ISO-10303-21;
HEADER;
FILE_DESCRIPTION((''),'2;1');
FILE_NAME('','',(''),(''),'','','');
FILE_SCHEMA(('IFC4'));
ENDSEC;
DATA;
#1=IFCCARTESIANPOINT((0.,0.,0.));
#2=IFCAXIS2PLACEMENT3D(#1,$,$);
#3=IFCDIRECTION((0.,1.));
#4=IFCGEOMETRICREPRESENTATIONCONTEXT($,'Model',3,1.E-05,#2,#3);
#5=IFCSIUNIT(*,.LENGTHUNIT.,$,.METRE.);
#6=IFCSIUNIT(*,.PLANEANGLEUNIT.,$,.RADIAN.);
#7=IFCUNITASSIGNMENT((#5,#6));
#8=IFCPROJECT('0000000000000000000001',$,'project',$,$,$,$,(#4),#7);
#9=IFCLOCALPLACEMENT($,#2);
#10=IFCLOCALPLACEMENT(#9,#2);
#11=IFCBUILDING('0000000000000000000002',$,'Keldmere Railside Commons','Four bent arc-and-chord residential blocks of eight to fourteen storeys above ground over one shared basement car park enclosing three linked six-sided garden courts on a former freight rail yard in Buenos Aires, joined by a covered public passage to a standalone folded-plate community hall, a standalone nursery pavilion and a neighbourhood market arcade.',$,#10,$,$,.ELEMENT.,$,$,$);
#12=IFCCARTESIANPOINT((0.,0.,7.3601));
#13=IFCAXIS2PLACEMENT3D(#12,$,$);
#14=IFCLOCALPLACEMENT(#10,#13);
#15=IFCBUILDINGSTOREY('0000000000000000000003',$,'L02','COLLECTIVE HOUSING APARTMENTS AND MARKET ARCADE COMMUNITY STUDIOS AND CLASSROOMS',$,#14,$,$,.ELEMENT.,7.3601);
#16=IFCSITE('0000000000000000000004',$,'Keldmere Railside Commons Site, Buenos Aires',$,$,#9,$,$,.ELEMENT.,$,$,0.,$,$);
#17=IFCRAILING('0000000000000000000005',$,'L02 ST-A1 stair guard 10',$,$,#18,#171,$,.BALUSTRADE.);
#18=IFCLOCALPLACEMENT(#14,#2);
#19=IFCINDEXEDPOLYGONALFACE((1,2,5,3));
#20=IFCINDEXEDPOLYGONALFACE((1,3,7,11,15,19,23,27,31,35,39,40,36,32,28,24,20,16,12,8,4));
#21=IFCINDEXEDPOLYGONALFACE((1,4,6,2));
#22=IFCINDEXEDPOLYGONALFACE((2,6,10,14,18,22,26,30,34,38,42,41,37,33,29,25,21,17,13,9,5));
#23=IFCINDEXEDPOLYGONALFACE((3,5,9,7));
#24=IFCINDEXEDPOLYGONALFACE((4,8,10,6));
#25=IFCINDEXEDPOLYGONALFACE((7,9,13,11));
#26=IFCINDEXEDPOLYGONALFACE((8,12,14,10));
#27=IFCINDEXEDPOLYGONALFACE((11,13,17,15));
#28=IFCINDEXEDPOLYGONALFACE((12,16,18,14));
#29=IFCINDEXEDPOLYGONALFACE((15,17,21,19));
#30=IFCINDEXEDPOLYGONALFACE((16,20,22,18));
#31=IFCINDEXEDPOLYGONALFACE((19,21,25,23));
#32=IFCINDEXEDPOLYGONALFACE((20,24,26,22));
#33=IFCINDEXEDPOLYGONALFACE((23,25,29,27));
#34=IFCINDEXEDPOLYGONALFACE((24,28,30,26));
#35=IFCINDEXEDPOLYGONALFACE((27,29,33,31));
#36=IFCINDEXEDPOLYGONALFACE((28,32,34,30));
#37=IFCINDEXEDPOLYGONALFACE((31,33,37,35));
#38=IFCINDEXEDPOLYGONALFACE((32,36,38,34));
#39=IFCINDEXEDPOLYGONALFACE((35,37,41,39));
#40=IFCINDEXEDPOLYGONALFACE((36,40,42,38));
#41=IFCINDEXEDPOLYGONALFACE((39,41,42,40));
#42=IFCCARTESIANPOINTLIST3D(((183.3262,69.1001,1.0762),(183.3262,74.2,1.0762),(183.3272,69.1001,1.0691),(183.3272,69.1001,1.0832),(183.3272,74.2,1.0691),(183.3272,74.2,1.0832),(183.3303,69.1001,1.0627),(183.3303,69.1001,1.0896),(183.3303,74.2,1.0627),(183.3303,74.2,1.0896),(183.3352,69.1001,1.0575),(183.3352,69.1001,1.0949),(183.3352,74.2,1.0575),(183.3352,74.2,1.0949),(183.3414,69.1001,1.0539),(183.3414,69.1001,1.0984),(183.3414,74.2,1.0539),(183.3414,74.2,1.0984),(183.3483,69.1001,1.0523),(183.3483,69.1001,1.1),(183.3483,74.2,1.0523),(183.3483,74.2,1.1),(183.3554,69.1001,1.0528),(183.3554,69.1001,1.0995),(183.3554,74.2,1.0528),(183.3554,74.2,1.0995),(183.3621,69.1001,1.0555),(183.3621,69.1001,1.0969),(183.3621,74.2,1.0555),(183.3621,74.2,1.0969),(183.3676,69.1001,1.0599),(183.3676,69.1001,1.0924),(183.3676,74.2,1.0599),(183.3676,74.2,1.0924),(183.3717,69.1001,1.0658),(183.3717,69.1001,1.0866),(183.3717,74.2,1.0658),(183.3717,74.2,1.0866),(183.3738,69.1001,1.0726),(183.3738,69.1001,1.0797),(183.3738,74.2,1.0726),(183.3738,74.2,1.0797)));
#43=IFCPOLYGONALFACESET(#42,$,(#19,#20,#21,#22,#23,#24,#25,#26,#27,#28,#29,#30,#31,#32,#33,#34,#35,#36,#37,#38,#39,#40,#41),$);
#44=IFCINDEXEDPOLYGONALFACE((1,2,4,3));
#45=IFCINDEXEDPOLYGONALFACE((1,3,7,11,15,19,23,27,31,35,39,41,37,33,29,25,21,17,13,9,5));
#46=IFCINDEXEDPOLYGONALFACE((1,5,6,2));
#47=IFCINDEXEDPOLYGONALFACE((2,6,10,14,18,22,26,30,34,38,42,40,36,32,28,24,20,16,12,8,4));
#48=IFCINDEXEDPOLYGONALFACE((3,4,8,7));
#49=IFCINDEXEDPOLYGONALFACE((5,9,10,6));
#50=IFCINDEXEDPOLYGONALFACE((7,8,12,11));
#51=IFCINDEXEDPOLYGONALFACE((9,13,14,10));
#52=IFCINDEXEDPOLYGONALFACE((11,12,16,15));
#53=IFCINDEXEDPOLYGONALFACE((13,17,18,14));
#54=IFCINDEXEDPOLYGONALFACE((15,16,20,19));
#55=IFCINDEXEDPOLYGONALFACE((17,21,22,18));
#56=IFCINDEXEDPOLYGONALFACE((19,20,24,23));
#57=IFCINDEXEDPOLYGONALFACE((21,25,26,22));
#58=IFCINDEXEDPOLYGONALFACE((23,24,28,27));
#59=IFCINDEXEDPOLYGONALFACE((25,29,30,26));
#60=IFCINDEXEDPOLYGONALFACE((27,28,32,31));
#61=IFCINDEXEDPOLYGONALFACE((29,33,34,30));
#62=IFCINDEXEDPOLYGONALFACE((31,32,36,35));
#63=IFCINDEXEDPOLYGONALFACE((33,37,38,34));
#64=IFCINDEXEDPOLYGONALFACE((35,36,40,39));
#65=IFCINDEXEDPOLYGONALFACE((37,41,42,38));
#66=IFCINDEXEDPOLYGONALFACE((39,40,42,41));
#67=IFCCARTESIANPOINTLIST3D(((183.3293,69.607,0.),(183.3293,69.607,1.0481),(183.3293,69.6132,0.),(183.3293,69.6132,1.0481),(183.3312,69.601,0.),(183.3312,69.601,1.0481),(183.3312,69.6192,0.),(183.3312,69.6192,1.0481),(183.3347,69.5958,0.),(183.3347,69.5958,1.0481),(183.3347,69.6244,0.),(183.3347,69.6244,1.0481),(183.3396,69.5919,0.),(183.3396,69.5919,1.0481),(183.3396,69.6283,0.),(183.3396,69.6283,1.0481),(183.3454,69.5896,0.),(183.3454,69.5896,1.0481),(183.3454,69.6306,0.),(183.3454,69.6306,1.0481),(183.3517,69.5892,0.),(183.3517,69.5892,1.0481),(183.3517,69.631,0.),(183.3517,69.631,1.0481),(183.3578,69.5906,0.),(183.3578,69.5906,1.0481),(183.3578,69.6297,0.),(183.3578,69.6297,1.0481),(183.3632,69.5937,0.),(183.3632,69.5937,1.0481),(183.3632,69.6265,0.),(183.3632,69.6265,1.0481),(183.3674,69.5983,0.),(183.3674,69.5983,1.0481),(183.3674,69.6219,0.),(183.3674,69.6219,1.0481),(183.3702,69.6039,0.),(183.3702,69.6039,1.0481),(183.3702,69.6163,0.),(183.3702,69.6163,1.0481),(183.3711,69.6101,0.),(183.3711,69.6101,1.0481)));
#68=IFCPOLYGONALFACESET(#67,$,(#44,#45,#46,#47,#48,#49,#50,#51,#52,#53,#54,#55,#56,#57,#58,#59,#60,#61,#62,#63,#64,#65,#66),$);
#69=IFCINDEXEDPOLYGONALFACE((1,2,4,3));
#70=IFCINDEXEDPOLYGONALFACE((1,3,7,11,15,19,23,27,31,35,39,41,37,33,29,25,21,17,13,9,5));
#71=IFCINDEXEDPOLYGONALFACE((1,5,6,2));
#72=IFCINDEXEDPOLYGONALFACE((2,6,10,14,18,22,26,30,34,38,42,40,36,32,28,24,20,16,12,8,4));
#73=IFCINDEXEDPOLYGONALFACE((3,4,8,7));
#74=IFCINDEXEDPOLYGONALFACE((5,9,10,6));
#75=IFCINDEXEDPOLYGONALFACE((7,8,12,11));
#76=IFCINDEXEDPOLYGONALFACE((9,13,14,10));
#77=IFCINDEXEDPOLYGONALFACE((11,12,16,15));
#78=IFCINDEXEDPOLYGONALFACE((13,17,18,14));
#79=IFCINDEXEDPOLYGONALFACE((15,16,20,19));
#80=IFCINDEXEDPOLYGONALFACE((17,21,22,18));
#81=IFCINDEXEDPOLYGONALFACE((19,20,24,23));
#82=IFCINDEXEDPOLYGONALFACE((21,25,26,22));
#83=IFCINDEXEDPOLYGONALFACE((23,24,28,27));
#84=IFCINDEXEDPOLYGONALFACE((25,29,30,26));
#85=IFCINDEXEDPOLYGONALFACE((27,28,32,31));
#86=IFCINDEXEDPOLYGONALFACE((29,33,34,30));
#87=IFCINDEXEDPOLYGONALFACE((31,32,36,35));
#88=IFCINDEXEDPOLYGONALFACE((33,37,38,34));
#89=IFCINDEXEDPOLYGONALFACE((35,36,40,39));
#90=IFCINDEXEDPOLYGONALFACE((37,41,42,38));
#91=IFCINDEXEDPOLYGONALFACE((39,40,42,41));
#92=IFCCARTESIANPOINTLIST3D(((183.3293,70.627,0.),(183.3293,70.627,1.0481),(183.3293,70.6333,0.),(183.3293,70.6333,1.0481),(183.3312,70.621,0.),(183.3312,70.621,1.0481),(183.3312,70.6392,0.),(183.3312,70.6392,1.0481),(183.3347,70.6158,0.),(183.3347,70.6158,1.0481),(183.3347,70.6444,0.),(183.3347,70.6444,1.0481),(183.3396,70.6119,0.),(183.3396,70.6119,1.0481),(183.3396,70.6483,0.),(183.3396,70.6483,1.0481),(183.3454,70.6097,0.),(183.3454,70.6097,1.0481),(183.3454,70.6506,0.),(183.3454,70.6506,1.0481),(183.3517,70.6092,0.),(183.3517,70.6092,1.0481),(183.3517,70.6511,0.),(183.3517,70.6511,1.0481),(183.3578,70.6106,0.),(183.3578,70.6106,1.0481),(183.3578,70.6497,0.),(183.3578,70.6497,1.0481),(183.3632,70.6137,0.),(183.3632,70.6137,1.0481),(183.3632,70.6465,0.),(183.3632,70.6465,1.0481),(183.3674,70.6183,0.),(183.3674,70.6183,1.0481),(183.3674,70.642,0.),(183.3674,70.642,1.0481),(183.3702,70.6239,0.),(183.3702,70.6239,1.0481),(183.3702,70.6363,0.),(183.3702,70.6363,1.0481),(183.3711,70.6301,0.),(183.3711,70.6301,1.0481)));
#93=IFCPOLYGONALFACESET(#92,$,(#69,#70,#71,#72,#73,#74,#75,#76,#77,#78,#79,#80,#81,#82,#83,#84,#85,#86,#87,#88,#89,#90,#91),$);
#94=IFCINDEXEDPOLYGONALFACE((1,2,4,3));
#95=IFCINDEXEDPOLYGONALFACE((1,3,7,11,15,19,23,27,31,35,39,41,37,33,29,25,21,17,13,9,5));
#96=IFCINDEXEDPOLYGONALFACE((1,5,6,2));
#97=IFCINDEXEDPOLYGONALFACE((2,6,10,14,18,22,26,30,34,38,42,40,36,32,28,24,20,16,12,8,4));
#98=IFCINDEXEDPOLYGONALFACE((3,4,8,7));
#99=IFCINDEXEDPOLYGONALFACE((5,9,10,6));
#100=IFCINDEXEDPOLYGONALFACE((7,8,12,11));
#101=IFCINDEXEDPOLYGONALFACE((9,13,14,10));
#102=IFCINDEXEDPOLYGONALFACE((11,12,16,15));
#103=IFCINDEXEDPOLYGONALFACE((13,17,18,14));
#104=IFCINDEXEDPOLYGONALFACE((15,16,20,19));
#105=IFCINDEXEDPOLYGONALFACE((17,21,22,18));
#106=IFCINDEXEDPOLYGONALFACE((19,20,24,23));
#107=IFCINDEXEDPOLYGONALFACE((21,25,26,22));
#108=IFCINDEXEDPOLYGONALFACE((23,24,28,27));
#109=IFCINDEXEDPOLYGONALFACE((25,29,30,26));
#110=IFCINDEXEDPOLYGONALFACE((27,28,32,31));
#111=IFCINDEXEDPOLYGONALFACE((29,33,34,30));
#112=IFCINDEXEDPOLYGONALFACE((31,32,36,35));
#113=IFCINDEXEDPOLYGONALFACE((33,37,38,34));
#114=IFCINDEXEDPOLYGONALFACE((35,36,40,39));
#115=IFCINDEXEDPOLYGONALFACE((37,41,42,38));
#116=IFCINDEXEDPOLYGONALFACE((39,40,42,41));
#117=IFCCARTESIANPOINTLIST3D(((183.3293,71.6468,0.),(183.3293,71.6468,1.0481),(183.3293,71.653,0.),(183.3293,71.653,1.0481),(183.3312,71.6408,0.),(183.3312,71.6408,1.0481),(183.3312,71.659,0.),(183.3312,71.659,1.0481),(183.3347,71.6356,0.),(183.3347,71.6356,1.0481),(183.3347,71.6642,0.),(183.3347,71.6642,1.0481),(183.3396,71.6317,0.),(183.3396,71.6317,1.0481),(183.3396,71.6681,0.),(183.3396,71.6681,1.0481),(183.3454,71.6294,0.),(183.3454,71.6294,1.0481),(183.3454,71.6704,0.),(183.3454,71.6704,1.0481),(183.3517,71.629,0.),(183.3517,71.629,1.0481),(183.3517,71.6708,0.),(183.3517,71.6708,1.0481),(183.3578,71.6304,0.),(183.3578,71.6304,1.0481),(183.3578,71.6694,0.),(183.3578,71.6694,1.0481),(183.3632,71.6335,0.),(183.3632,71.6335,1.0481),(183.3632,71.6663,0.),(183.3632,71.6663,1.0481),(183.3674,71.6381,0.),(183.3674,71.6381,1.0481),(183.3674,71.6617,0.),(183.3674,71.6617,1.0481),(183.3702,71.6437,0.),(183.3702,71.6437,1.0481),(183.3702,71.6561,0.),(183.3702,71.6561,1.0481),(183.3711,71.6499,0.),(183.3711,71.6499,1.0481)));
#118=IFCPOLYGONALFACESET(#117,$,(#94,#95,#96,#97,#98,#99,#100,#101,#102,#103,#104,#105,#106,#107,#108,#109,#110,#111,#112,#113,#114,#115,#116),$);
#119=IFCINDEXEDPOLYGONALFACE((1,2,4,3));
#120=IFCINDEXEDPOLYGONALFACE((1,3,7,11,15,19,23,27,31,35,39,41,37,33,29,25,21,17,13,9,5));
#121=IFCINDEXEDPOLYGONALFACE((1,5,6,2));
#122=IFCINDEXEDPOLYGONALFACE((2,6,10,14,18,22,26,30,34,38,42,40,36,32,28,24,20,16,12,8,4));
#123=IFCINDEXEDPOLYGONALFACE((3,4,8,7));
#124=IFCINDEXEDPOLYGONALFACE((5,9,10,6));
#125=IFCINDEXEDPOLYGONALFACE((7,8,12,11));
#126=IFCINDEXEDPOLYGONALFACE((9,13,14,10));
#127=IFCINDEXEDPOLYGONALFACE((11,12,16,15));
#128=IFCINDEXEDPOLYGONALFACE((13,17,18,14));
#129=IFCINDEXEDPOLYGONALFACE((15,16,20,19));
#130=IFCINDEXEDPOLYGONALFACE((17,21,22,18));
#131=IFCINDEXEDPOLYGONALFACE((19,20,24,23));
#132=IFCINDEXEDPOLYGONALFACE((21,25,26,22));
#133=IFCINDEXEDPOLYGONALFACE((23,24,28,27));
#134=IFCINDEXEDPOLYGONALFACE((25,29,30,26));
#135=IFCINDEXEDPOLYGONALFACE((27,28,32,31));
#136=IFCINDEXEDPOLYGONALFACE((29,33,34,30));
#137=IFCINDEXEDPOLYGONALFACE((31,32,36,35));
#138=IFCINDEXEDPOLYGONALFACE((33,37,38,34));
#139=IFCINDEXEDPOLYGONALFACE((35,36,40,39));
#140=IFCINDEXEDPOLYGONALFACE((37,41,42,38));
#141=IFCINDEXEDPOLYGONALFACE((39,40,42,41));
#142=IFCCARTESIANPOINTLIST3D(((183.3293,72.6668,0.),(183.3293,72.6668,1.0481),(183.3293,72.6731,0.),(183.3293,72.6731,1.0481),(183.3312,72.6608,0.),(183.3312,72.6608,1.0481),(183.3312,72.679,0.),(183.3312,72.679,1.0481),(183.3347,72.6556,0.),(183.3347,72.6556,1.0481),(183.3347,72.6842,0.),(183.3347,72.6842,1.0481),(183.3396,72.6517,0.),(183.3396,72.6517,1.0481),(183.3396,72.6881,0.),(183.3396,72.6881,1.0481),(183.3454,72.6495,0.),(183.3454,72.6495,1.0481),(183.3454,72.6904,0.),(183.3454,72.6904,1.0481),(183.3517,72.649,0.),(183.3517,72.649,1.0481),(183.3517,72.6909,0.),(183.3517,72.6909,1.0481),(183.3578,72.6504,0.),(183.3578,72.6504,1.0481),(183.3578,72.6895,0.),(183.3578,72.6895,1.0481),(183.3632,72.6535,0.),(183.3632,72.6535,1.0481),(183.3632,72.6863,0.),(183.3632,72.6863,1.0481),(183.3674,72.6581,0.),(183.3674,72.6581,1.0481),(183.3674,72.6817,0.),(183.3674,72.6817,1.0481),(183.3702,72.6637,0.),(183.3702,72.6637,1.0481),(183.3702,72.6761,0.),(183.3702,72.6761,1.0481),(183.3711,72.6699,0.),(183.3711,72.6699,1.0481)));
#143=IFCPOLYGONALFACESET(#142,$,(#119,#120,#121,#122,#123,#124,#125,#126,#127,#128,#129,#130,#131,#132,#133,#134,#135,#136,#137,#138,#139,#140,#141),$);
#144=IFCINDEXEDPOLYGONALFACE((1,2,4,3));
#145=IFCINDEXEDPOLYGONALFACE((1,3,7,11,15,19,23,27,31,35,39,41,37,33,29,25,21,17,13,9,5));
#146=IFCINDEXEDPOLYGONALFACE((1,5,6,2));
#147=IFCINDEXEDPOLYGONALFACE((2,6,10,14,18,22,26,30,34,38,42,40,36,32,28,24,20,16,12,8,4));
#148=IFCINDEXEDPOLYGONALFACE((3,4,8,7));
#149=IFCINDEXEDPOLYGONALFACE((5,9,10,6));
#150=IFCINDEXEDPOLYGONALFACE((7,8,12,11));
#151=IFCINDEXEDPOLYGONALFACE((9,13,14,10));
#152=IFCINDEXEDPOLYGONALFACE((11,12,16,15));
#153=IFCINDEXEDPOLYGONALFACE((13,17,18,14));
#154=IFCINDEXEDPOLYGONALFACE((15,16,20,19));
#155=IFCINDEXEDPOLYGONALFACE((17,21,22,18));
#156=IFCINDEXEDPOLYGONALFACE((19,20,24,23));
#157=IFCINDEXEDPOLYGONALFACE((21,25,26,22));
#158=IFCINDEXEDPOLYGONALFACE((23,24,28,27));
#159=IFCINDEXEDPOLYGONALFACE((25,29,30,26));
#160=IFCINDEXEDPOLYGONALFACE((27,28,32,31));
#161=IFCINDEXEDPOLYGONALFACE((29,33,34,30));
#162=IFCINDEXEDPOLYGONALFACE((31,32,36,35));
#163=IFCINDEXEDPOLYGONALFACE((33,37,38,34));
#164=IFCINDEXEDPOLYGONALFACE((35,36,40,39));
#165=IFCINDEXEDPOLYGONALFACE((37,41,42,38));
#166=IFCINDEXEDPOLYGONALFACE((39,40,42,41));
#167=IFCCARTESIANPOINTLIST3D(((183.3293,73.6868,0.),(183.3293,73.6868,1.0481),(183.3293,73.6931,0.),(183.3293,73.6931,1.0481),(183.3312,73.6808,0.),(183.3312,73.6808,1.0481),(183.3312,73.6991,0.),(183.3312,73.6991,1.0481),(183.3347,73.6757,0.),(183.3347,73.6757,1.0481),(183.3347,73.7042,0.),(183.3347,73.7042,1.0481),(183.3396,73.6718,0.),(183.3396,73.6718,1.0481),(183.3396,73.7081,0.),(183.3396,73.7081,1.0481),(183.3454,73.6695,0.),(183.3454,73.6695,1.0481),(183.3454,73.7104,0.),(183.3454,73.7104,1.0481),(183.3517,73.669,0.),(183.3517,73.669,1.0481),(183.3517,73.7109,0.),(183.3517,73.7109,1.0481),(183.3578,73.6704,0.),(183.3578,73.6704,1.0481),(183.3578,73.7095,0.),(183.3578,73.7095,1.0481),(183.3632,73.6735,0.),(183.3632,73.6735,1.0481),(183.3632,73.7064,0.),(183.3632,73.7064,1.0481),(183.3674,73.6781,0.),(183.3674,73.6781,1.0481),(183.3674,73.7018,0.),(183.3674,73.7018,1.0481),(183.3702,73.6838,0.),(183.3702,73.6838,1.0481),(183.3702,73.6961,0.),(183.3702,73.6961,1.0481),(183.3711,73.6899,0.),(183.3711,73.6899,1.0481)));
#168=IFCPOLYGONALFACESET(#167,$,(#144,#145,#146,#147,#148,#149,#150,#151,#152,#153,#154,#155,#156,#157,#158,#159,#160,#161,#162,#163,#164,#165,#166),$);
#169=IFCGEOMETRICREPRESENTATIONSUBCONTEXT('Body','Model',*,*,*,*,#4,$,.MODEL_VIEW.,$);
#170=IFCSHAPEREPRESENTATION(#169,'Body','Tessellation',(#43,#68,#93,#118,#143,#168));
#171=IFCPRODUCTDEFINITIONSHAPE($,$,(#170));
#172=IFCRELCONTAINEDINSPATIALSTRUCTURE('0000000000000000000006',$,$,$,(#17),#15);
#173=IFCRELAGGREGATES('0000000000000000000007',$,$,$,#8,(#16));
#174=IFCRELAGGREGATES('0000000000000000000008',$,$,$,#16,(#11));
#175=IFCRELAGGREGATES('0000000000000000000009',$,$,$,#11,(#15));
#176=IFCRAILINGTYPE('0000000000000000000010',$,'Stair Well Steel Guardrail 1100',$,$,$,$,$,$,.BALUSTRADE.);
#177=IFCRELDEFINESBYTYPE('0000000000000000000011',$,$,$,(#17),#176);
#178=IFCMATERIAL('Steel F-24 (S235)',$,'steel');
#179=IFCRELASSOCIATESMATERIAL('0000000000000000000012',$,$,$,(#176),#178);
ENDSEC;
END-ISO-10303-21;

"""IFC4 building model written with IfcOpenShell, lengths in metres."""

from ifc_helpers import new_model, si_unit, direction, frame, origin, origin_2d, place, context, subcontext, project, spatial, circle, extrude, material, type_object, element, save


model = new_model("IFC4")

# Units and contexts
model_context = context("Model", 3, precision=1e-05, world=origin(), true_north=direction((0.0, 1.0)))
body_context = subcontext(model_context, "Body", "Model", "MODEL_VIEW")
ifc_project = project(units=[si_unit("LENGTHUNIT", "METRE"), si_unit("PLANEANGLEUNIT", "RADIAN")], contexts=[model_context])

# Site, building, storey
site_placement = place(None, origin())
site = spatial("IfcSite", under=ifc_project, at=site_placement, Name="Keldmere Railside Commons Site, Buenos Aires", CompositionType="ELEMENT", RefElevation=0.0)
building_placement = place(site_placement, origin())
building = spatial("IfcBuilding", under=site, at=building_placement, Name="Keldmere Railside Commons", Description="Four bent arc-and-chord residential blocks of eight to fourteen storeys above ground over one shared basement car park enclosing three linked six-sided garden courts on a former freight rail yard in Buenos Aires, joined by a covered public passage to a standalone folded-plate community hall, a standalone nursery pavilion and a neighbourhood market arcade.", CompositionType="ELEMENT")
storey_placement = place(building_placement, frame((0.0, 0.0, 7.3601)))
storey = spatial("IfcBuildingStorey", under=building, at=storey_placement, Name="L02", Description="COLLECTIVE HOUSING APARTMENTS AND MARKET ARCADE COMMUNITY STUDIOS AND CLASSROOMS", CompositionType="ELEMENT", Elevation=7.3601)

# Shared definitions
ifc_material_1 = material(Name="Steel F-24 (S235)", Category="steel")

# Railing
railing_type_1 = type_object("IfcRailingType", Name="Stair Well Steel Guardrail 1100", PredefinedType="BALUSTRADE", material=ifc_material_1)
for number, where, name in (
    (1, (183.3501, 69.1001, 0.0), "L02 ST-A1 stair guard 10"),
):
    element("IfcRailing", number, at=place(storey_placement, frame(where)), inside=storey, type_object=railing_type_1, Name=name, PredefinedType="BALUSTRADE", context=body_context, shape_type="SweptSolid", body=[
        extrude(circle(Radius=0.0239, at=origin_2d()), frame((0.0, 0.0, 1.0762), z_axis=(0.0, 1.0, 0.0), x_axis=(-1.0, 0.0, 0.0)), (0.0, 0.0, 1.0), 5.0999),
        extrude(circle(Radius=0.021, at=origin_2d()), frame((0.0, 0.51, 0.0)), (0.0, 0.0, 1.0), 1.0481),
        extrude(circle(Radius=0.021, at=origin_2d()), frame((0.0, 1.53, 0.0)), (0.0, 0.0, 1.0), 1.0481),
        extrude(circle(Radius=0.021, at=origin_2d()), frame((0.0, 2.5498, 0.0)), (0.0, 0.0, 1.0), 1.0481),
        extrude(circle(Radius=0.021, at=origin_2d()), frame((0.0, 3.5698, 0.0)), (0.0, 0.0, 1.0), 1.0481),
        extrude(circle(Radius=0.021, at=origin_2d()), frame((0.0, 4.5898, 0.0)), (0.0, 0.0, 1.0), 1.0481),
    ])

save(model, "model.ifc")
